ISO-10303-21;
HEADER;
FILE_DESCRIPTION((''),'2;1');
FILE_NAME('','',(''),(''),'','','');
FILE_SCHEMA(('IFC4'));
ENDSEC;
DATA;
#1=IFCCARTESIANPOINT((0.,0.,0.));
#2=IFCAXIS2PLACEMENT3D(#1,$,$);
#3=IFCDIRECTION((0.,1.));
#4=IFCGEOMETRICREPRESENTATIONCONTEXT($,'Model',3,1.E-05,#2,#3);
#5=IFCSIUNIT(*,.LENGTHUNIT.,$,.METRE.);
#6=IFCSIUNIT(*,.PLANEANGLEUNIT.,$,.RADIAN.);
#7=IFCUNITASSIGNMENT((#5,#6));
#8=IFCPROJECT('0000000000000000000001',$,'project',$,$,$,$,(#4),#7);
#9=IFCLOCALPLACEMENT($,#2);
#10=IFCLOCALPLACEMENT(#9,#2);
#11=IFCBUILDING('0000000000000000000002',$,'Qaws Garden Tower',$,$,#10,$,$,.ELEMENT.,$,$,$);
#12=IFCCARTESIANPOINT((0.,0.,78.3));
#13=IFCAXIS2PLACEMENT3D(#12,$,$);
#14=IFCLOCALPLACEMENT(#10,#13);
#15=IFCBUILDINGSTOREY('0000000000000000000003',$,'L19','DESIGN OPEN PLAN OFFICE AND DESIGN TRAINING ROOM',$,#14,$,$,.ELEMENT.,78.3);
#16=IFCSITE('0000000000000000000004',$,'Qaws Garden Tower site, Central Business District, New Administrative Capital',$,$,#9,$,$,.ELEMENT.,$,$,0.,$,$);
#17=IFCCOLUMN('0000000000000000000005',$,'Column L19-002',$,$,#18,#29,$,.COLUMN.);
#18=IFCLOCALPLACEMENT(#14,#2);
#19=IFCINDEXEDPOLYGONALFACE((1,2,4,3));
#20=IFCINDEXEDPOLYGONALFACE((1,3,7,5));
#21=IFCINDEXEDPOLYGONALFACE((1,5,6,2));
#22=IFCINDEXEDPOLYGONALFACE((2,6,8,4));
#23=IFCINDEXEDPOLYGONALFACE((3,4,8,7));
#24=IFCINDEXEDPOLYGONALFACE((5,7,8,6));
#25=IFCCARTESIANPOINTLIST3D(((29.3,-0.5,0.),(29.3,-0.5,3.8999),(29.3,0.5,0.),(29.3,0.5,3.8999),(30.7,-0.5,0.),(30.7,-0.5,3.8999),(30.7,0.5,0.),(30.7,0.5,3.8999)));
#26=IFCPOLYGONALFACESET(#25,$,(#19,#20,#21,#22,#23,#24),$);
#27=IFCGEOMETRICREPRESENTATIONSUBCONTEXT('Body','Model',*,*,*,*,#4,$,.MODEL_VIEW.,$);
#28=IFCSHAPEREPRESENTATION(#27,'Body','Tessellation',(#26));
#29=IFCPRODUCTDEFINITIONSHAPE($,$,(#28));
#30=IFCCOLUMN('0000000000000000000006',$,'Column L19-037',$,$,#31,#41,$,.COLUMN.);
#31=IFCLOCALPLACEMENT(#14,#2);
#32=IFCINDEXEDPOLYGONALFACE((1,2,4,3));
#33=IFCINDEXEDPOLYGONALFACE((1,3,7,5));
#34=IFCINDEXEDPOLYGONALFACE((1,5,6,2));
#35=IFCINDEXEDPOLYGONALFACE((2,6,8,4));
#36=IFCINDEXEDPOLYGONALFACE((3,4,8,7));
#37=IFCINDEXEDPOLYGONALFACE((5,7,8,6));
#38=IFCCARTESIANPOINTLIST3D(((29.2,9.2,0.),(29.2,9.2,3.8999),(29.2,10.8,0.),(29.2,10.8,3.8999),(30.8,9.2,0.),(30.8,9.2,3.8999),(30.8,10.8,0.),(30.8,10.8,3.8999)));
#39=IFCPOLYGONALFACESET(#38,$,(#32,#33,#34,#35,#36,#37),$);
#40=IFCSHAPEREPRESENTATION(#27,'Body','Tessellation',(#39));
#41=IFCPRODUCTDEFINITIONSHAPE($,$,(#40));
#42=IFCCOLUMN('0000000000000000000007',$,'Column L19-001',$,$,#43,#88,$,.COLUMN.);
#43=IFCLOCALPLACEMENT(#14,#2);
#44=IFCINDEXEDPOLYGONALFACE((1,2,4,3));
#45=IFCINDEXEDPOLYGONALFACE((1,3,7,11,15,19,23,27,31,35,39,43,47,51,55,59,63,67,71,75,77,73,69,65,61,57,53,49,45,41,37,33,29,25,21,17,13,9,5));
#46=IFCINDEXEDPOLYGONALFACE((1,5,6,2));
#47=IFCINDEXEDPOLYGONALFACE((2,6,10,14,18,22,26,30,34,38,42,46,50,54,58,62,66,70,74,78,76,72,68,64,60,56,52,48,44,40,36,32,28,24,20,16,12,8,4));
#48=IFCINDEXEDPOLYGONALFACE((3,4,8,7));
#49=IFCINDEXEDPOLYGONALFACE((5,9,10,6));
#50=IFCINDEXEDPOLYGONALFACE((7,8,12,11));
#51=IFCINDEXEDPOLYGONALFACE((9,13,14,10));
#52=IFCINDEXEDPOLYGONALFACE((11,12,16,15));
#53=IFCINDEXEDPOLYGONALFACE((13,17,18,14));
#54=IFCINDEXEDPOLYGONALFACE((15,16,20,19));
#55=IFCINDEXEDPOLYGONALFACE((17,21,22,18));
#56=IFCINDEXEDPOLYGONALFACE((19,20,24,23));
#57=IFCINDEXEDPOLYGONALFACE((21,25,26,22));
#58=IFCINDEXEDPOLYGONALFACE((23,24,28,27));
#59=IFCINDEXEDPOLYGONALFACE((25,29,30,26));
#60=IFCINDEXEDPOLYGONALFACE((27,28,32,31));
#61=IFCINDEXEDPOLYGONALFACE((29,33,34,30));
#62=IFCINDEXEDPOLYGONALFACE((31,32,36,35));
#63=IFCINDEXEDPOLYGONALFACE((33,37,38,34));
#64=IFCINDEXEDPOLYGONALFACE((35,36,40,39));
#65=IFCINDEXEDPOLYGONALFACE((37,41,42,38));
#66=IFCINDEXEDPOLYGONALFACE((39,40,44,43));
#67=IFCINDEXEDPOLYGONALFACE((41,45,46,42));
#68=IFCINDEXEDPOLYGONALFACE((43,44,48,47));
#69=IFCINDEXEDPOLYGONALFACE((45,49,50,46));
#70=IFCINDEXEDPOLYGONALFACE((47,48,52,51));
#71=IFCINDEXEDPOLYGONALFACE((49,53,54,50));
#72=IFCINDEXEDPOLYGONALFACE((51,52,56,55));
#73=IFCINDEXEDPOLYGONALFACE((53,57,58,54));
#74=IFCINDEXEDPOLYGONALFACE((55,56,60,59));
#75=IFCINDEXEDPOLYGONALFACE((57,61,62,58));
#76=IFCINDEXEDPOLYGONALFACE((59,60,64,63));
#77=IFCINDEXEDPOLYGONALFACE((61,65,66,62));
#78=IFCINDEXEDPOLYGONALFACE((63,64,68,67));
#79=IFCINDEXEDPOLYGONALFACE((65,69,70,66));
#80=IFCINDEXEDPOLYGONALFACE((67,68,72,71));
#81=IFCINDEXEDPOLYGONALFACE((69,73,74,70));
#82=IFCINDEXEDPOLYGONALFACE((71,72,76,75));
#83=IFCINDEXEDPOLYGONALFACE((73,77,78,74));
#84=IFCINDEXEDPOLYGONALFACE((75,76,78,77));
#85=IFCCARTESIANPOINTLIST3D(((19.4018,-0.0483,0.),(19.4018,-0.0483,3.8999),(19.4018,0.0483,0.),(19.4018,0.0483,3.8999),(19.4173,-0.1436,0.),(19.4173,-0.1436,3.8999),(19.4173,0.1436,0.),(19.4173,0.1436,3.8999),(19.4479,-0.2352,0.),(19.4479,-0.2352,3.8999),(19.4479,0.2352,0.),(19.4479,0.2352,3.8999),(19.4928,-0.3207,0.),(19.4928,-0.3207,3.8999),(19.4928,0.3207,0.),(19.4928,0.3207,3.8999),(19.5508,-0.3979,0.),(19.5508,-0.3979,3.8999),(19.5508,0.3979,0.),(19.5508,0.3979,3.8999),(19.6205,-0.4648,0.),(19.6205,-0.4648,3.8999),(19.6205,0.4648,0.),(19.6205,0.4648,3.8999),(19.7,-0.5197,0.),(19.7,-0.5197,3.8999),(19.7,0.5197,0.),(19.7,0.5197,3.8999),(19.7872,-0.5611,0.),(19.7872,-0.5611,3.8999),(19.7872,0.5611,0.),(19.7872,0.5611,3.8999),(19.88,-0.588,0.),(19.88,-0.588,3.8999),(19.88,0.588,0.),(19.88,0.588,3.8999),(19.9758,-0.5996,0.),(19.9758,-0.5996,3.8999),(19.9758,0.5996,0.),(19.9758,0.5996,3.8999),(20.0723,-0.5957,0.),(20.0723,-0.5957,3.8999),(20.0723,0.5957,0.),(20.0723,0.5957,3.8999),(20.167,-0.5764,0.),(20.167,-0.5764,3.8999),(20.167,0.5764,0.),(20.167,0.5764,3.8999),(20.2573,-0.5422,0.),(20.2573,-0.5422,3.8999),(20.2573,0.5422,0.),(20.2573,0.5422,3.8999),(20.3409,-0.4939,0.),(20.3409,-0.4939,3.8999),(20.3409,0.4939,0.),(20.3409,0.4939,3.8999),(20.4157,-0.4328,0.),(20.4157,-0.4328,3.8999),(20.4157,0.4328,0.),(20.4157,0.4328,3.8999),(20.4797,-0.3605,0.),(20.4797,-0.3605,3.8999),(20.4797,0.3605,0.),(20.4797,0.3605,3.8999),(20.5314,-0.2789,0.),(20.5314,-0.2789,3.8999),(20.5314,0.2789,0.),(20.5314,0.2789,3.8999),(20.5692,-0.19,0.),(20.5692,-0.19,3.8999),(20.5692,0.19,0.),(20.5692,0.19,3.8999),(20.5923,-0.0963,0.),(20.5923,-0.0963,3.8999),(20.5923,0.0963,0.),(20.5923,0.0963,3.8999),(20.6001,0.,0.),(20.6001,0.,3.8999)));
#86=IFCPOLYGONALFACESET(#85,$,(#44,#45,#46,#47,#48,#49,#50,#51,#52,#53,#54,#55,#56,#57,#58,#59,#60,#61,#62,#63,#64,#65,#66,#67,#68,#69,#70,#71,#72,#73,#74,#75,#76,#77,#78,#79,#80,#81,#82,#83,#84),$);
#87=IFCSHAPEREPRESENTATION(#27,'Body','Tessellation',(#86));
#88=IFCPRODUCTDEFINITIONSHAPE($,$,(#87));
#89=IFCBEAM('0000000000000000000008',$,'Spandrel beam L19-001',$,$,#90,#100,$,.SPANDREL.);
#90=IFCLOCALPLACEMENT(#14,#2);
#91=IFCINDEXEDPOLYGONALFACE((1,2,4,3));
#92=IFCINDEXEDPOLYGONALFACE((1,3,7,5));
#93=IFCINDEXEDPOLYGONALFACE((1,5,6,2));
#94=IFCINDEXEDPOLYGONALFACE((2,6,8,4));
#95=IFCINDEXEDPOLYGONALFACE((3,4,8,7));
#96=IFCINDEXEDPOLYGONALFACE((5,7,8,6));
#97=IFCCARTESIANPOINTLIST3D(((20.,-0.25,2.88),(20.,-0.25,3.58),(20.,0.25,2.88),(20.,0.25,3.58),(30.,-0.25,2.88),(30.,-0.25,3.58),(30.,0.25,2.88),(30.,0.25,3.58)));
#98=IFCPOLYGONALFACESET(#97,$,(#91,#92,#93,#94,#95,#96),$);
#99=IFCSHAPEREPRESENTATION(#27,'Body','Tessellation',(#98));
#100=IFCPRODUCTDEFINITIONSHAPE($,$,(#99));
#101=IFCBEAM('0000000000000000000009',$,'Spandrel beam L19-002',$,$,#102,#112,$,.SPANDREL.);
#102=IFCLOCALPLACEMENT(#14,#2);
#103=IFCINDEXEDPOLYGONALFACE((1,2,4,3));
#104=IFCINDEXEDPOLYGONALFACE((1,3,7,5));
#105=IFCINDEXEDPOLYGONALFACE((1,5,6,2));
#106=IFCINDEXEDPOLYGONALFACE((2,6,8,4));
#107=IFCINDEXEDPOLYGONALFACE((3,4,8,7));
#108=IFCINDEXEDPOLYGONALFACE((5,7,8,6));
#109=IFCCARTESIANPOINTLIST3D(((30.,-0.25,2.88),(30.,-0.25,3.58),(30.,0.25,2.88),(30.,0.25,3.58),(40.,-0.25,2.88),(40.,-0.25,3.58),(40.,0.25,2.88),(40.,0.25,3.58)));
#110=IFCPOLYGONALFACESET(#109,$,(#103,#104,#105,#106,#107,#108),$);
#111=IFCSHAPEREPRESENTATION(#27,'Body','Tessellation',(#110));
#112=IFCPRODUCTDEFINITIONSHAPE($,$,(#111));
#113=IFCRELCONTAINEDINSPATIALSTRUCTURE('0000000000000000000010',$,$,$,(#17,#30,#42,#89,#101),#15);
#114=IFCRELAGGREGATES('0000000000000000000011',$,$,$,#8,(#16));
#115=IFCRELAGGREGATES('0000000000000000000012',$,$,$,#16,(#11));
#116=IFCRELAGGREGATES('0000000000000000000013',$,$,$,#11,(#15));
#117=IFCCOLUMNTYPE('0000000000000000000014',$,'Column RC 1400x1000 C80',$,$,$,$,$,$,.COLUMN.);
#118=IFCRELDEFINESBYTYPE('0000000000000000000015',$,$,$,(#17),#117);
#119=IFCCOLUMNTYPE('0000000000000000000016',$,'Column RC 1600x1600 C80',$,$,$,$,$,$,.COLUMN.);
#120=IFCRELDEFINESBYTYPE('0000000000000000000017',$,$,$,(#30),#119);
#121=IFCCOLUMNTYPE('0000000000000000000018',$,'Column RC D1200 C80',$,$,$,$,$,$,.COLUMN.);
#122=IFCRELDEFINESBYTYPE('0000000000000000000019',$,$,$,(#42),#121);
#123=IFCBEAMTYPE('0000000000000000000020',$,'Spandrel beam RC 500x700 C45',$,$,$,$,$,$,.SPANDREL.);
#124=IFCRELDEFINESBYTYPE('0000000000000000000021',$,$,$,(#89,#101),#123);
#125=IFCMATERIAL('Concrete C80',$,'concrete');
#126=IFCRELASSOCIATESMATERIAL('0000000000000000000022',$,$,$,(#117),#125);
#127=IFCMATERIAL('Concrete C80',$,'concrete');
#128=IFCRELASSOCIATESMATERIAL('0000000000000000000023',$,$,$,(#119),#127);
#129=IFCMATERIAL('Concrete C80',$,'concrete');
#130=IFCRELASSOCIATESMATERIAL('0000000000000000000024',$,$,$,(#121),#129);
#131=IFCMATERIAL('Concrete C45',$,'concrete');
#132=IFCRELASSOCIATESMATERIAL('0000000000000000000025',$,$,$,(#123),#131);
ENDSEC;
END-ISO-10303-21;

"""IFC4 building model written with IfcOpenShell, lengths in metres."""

from ifc_helpers import new_model, si_unit, direction, frame, origin, origin_2d, place, context, subcontext, project, spatial, rectangle, circle, extrude, material, material_profile, profile_set, type_object, element, save


model = new_model("IFC4")

# Units and contexts
model_context = context("Model", 3, precision=1e-05, world=origin(), true_north=direction((0.0, 1.0)))
body_context = subcontext(model_context, "Body", "Model", "MODEL_VIEW")
ifc_project = project(units=[si_unit("LENGTHUNIT", "METRE"), si_unit("PLANEANGLEUNIT", "RADIAN")], contexts=[model_context])

# Site, building, storey
site_placement = place(None, origin())
site = spatial("IfcSite", under=ifc_project, at=site_placement, Name="Qaws Garden Tower site, Central Business District, New Administrative Capital", CompositionType="ELEMENT", RefElevation=0.0)
building_placement = place(site_placement, origin())
building = spatial("IfcBuilding", under=site, at=building_placement, Name="Qaws Garden Tower", CompositionType="ELEMENT")
storey_placement = place(building_placement, frame((0.0, 0.0, 78.3)))
storey = spatial("IfcBuildingStorey", under=building, at=storey_placement, Name="L19", Description="DESIGN OPEN PLAN OFFICE AND DESIGN TRAINING ROOM", CompositionType="ELEMENT", Elevation=78.3)

# Columns
ifc_material_1 = material(Name="Concrete C80", Category="concrete")
ifc_material_profile_1 = material_profile(ifc_material_1, rectangle(XDim=1.3999, YDim=1.0, at=origin_2d()), Name="RC 1400x1000")
ifc_profile_set_1 = profile_set([ifc_material_profile_1], Name="Concrete C80")
column_type_1 = type_object("IfcColumnType", Name="Column RC 1400x1000 C80", PredefinedType="COLUMN", material=ifc_profile_set_1)
column_1_placement = place(storey_placement, frame((30.0, 0.0, 0.0), z_axis=(0.0, 0.0, 1.0), x_axis=(1.0, 0.0, 0.0)))
element("IfcColumn", 1, at=column_1_placement, inside=storey, type_object=column_type_1, Name="Column L19-002", PredefinedType="COLUMN", context=body_context, shape_type="SweptSolid", body=[
    extrude(rectangle(XDim=1.3999, YDim=1.0, at=origin_2d()), origin(), (0.0, 0.0, 1.0), 3.8999),
])
ifc_material_2 = material(Name="Concrete C80", Category="concrete")
ifc_material_profile_2 = material_profile(ifc_material_2, rectangle(XDim=1.6001, YDim=1.6001, at=origin_2d()), Name="RC 1600x1600")
ifc_profile_set_2 = profile_set([ifc_material_profile_2], Name="Concrete C80")
column_type_2 = type_object("IfcColumnType", Name="Column RC 1600x1600 C80", PredefinedType="COLUMN", material=ifc_profile_set_2)
column_2_placement = place(storey_placement, frame((30.0, 10.0, 0.0), z_axis=(0.0, 0.0, 1.0), x_axis=(1.0, 0.0, 0.0)))
element("IfcColumn", 2, at=column_2_placement, inside=storey, type_object=column_type_2, Name="Column L19-037", PredefinedType="COLUMN", context=body_context, shape_type="SweptSolid", body=[
    extrude(rectangle(XDim=1.6001, YDim=1.6001, at=origin_2d()), origin(), (0.0, 0.0, 1.0), 3.8999),
])
ifc_material_3 = material(Name="Concrete C80", Category="concrete")
ifc_material_profile_3 = material_profile(ifc_material_3, circle(Radius=0.6001, at=origin_2d()), Name="RC D1200")
ifc_profile_set_3 = profile_set([ifc_material_profile_3], Name="Concrete C80")
column_type_3 = type_object("IfcColumnType", Name="Column RC D1200 C80", PredefinedType="COLUMN", material=ifc_profile_set_3)
column_3_placement = place(storey_placement, frame((20.0, 0.0, 0.0), z_axis=(0.0, 0.0, 1.0), x_axis=(1.0, 0.0, 0.0)))
element("IfcColumn", 3, at=column_3_placement, inside=storey, type_object=column_type_3, Name="Column L19-001", PredefinedType="COLUMN", context=body_context, shape_type="SweptSolid", body=[
    extrude(circle(Radius=0.6001, at=origin_2d()), origin(), (0.0, 0.0, 1.0), 3.8999),
])

# Beams
ifc_material_4 = material(Name="Concrete C45", Category="concrete")
ifc_material_profile_4 = material_profile(ifc_material_4, rectangle(XDim=0.5, YDim=0.7, at=origin_2d()), Name="RC 500x700")
ifc_profile_set_4 = profile_set([ifc_material_profile_4], Name="Concrete C45")
beam_type = type_object("IfcBeamType", Name="Spandrel beam RC 500x700 C45", PredefinedType="SPANDREL", material=ifc_profile_set_4)
for number, where, z_axis, x_axis, name in (
    (4, (20.0, 0.0, 3.23), (1.0, 0.0, 0.0), (0.0, 1.0, 0.0), "Spandrel beam L19-001"),
    (5, (30.0, 0.0, 3.23), (1.0, 0.0, 0.0), (0.0, 1.0, 0.0), "Spandrel beam L19-002"),
):
    element("IfcBeam", number, at=place(storey_placement, frame(where, z_axis=z_axis, x_axis=x_axis)), inside=storey, type_object=beam_type, Name=name, PredefinedType="SPANDREL", context=body_context, shape_type="SweptSolid", body=[
        extrude(rectangle(XDim=0.5, YDim=0.7, at=origin_2d()), origin(), (0.0, 0.0, 1.0), 10.0),
    ])

save(model, "model.ifc")
